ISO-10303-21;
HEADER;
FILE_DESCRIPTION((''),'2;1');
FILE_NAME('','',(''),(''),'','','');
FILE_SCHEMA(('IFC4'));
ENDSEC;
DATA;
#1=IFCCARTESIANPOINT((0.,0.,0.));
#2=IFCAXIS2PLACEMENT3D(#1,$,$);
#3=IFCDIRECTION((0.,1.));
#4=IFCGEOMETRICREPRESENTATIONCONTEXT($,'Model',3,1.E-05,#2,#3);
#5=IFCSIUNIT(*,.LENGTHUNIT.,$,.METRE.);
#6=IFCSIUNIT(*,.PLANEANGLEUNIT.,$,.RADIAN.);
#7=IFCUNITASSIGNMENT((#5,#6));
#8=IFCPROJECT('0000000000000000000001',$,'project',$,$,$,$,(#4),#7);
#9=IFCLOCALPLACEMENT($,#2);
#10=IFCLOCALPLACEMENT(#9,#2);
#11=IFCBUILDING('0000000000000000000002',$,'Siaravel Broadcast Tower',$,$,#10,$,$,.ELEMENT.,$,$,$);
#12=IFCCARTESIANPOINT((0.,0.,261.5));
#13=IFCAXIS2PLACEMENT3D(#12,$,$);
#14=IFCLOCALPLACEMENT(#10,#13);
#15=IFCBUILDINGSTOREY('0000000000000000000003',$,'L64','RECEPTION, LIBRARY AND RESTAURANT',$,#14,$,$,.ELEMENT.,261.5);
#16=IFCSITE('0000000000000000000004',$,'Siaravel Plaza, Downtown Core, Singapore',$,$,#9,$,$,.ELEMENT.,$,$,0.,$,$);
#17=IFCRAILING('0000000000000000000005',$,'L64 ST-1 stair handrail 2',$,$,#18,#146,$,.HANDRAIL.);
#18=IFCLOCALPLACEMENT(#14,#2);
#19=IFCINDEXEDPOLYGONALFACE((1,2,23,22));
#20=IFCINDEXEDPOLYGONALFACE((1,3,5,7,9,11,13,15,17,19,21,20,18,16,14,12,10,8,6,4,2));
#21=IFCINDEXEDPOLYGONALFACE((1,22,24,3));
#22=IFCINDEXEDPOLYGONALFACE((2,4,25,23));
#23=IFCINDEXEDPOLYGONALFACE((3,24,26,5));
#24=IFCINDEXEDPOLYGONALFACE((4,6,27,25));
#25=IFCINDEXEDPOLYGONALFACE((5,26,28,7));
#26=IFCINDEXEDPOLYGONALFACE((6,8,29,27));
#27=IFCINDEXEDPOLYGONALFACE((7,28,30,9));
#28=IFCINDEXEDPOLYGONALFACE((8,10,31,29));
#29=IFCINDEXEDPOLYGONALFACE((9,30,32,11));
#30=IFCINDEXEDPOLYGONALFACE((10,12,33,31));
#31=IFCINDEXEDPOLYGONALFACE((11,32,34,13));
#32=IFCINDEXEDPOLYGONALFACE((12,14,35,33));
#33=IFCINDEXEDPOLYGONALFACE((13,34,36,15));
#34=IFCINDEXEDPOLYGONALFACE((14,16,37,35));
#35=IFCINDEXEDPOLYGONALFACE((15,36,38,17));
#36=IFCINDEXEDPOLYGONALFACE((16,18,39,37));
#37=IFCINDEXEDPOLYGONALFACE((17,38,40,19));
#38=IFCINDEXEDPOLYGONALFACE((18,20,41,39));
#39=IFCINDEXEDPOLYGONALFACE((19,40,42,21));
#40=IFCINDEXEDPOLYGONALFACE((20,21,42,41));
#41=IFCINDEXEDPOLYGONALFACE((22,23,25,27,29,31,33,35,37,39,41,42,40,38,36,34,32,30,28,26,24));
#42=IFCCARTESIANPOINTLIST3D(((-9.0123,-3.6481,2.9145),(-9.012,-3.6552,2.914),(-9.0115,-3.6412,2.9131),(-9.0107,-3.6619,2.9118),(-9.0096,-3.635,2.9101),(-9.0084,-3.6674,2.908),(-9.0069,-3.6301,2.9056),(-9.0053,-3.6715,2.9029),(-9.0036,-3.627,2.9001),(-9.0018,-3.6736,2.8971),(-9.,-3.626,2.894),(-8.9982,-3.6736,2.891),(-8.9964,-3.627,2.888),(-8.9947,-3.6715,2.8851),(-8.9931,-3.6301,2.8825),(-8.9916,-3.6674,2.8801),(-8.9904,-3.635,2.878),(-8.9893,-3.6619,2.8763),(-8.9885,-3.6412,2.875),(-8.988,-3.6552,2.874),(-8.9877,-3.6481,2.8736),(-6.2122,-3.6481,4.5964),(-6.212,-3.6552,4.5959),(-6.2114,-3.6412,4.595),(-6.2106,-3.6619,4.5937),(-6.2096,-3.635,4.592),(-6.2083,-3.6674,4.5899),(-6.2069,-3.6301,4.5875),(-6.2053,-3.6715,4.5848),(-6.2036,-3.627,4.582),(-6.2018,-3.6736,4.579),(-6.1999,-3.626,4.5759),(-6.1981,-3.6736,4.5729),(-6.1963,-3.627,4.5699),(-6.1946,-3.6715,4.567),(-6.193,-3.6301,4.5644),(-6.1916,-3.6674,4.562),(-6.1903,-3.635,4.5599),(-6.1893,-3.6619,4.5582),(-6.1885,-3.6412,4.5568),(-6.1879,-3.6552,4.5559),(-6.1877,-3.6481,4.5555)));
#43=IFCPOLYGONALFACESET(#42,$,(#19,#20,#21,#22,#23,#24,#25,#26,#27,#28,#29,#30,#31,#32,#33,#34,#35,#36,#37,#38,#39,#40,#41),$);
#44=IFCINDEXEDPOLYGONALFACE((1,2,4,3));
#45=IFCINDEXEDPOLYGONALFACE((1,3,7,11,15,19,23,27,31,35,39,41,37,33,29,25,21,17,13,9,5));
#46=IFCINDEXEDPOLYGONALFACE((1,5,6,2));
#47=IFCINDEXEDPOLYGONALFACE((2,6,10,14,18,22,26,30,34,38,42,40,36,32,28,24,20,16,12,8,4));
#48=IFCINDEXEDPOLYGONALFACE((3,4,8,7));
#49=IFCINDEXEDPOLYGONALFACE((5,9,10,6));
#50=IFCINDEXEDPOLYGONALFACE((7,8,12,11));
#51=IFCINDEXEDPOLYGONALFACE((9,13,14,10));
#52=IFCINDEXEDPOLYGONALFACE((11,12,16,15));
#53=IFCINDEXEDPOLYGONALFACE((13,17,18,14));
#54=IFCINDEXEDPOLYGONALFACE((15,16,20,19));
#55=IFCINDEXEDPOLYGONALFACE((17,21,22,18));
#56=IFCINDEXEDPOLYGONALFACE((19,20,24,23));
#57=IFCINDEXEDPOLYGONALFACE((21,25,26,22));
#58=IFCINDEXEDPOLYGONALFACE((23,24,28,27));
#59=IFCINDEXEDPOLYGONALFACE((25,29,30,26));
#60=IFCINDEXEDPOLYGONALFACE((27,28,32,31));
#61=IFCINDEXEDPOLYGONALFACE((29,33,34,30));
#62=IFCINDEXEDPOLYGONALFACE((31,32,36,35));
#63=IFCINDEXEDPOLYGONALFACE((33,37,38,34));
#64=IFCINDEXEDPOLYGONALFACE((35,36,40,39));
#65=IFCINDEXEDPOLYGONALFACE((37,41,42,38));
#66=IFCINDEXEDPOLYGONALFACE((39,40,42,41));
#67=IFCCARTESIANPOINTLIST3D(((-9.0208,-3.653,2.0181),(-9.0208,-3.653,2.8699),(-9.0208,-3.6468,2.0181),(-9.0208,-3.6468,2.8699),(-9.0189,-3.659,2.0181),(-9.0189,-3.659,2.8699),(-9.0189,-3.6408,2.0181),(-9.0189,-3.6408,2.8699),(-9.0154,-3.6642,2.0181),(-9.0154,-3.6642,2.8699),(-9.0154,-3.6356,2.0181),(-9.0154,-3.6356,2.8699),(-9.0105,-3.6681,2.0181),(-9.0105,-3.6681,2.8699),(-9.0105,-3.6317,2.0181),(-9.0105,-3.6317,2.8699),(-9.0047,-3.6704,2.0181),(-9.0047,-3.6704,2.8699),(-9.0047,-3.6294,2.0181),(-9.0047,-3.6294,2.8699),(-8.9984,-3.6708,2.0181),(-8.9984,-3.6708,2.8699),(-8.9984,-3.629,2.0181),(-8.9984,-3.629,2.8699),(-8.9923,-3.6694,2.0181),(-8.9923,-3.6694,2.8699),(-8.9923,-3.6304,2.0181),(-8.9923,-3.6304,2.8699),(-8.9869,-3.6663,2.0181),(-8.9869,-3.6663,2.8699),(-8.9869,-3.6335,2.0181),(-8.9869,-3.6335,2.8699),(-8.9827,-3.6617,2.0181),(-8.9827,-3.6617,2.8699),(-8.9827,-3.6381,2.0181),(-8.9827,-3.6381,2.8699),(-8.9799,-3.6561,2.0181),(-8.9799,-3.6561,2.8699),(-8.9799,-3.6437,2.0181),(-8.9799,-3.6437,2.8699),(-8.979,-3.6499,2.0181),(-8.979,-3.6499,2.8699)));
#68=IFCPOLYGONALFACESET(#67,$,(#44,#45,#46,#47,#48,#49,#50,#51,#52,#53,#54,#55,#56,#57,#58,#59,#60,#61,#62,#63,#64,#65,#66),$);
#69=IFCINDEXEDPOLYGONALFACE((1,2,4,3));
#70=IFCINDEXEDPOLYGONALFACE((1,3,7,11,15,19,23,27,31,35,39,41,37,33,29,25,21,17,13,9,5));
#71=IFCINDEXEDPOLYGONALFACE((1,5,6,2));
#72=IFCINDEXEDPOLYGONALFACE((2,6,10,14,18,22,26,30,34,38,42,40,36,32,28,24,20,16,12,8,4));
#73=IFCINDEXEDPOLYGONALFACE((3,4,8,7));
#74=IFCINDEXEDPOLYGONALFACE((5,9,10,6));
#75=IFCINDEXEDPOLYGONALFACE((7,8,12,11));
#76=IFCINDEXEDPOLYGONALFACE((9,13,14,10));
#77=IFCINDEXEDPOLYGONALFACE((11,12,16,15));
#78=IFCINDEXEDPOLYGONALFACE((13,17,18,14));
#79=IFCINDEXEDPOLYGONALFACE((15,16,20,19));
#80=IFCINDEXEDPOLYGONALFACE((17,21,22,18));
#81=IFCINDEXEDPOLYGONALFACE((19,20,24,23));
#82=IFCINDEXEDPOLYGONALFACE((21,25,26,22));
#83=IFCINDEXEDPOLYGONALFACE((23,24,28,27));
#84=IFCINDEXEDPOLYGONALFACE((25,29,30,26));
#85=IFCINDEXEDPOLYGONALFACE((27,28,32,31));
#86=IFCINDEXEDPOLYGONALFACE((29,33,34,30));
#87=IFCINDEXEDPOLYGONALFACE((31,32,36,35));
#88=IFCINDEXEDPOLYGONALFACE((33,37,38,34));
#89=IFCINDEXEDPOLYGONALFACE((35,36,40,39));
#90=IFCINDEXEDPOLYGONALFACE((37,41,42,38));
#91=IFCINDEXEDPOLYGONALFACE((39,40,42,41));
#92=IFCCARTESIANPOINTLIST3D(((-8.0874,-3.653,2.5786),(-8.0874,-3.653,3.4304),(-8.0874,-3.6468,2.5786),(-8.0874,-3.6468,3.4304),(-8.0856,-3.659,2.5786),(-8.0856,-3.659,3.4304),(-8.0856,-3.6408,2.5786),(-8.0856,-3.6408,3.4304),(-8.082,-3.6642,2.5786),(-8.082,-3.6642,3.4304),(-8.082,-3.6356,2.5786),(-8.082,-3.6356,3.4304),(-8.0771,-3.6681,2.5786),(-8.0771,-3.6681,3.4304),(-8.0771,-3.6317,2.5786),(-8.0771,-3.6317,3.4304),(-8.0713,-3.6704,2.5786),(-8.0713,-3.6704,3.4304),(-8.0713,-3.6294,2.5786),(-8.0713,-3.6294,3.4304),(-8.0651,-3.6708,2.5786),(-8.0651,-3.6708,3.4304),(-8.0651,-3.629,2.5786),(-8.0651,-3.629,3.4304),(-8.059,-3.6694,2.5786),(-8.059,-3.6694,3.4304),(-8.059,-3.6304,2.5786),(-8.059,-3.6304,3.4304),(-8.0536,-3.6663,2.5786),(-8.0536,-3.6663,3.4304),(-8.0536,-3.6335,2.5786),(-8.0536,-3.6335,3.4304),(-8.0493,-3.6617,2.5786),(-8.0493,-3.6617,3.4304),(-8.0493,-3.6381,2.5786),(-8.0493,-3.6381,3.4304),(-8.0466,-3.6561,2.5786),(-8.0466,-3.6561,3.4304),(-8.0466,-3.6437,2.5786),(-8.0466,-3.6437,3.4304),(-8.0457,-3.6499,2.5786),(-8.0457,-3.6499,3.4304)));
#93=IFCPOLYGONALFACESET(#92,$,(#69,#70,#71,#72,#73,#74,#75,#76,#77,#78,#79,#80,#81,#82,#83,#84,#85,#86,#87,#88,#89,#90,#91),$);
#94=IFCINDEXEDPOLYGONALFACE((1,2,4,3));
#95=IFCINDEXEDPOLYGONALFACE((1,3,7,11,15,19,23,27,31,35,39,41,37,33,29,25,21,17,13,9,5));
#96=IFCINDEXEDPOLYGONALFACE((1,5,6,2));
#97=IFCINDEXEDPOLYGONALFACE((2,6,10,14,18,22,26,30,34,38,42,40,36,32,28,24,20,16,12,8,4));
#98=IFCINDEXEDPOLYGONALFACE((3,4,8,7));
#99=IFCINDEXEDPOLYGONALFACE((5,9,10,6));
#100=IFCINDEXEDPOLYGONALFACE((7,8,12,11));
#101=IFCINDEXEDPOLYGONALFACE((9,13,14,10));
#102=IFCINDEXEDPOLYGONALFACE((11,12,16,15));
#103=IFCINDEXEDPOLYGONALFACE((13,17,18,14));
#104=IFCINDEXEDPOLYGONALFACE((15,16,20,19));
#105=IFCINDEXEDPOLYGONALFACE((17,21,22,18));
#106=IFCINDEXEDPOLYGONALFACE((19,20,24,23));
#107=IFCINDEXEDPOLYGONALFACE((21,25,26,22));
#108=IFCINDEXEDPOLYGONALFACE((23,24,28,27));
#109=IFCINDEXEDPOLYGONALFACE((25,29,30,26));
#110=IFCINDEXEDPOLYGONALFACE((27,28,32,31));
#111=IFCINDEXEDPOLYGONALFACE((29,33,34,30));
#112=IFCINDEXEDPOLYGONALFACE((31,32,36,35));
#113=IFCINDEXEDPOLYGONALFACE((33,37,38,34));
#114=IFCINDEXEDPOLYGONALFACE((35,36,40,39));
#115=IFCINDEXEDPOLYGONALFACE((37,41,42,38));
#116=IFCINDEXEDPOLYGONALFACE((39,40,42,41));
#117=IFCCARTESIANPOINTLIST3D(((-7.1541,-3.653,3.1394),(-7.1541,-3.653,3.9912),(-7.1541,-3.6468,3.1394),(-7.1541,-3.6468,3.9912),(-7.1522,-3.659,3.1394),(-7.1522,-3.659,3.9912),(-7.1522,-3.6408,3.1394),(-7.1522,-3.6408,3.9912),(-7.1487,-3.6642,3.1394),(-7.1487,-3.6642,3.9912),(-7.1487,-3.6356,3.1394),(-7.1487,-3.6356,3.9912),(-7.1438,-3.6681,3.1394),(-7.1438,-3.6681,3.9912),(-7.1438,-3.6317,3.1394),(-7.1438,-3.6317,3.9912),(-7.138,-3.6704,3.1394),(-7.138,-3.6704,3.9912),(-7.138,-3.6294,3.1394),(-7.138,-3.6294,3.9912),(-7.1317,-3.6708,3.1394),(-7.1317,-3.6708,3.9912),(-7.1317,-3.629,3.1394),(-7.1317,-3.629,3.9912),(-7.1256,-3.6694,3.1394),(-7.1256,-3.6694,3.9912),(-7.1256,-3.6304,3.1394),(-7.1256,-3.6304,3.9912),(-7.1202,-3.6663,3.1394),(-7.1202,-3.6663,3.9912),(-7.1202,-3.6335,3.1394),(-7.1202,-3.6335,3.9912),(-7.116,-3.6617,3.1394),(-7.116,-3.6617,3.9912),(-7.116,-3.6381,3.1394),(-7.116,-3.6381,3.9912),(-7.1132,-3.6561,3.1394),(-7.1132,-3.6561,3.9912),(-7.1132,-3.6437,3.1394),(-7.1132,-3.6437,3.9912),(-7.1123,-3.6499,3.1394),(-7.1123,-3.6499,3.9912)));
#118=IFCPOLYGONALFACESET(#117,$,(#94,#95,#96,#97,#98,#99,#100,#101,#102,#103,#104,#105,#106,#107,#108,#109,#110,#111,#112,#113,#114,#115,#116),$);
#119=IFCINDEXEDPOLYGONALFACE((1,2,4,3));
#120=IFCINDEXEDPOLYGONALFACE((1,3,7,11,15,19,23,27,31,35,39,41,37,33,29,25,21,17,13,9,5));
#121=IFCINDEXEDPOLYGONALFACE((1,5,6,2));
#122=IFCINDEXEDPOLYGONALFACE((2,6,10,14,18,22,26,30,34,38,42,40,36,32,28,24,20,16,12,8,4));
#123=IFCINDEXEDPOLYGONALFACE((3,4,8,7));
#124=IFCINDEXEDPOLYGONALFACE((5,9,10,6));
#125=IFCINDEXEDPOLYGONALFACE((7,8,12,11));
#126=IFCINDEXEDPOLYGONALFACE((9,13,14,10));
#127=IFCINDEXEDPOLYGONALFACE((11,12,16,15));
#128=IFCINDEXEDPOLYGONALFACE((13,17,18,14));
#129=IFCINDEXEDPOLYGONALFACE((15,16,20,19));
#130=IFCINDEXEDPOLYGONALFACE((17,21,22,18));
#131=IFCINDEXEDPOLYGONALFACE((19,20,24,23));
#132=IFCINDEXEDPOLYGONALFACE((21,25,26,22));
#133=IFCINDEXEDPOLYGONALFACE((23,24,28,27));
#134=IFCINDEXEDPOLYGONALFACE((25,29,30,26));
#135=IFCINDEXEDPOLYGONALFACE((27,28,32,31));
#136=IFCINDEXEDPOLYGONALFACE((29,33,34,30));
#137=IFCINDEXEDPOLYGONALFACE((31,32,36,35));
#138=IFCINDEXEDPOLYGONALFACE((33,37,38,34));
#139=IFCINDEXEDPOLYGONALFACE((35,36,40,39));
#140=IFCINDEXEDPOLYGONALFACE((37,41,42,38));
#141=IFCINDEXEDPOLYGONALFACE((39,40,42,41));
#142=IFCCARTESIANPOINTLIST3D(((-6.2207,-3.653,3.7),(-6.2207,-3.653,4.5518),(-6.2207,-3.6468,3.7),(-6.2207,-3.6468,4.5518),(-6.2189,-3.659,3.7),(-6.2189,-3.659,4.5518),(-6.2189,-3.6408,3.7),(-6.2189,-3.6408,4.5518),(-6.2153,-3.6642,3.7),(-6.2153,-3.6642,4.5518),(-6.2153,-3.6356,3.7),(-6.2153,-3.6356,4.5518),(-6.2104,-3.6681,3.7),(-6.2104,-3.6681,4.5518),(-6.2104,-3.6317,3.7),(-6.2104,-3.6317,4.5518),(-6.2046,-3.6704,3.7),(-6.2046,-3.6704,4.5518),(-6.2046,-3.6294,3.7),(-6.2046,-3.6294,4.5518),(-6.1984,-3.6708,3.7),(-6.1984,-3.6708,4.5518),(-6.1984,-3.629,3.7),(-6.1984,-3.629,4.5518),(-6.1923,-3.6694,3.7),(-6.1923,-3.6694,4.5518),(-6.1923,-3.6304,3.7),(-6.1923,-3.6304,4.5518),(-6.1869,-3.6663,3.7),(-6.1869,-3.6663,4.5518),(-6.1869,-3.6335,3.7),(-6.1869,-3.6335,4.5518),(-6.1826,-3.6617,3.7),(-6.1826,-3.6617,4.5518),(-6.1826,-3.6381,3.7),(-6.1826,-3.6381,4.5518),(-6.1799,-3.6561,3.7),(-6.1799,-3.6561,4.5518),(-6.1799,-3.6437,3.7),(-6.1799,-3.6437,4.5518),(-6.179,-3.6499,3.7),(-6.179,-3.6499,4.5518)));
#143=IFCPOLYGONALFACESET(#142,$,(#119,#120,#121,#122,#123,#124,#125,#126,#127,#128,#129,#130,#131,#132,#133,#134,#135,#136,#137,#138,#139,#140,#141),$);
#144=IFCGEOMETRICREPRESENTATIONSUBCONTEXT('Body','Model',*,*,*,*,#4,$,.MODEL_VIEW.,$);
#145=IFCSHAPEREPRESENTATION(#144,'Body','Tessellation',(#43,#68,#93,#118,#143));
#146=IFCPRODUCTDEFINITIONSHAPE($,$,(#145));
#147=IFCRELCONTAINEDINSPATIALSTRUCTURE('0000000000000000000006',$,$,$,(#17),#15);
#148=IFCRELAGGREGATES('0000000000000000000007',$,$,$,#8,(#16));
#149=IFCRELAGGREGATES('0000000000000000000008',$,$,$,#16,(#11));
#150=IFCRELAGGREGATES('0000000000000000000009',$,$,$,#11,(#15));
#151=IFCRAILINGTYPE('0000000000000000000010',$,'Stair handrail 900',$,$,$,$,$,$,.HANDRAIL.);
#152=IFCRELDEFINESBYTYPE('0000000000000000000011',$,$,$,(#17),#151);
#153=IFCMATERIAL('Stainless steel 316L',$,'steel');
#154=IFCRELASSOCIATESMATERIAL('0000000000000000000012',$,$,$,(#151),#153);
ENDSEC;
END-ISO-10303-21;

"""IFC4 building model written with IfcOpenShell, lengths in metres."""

from ifc_helpers import new_model, si_unit, direction, frame, origin, origin_2d, place, context, subcontext, project, spatial, circle, extrude, material, type_object, element, save


model = new_model("IFC4")

# Units and contexts
model_context = context("Model", 3, precision=1e-05, world=origin(), true_north=direction((0.0, 1.0)))
body_context = subcontext(model_context, "Body", "Model", "MODEL_VIEW")
ifc_project = project(units=[si_unit("LENGTHUNIT", "METRE"), si_unit("PLANEANGLEUNIT", "RADIAN")], contexts=[model_context])

# Site, building, storey
site_placement = place(None, origin())
site = spatial("IfcSite", under=ifc_project, at=site_placement, Name="Siaravel Plaza, Downtown Core, Singapore", CompositionType="ELEMENT", RefElevation=0.0)
building_placement = place(site_placement, origin())
building = spatial("IfcBuilding", under=site, at=building_placement, Name="Siaravel Broadcast Tower", CompositionType="ELEMENT")
storey_placement = place(building_placement, frame((0.0, 0.0, 261.5)))
storey = spatial("IfcBuildingStorey", under=building, at=storey_placement, Name="L64", Description="RECEPTION, LIBRARY AND RESTAURANT", CompositionType="ELEMENT", Elevation=261.5)

# Shared definitions
ifc_material_1 = material(Name="Stainless steel 316L", Category="steel")

# Railing
railing_type_1 = type_object("IfcRailingType", Name="Stair handrail 900", PredefinedType="HANDRAIL", material=ifc_material_1)
railing_1_placement = place(storey_placement, frame((-9.0, -3.6499, 2.0181)))
element("IfcRailing", 1, at=railing_1_placement, inside=storey, type_object=railing_type_1, Name="L64 ST-1 stair handrail 2", PredefinedType="HANDRAIL", context=body_context, shape_type="SweptSolid", body=[
    extrude(circle(Radius=0.0239, at=origin_2d()), frame((0.0, 0.0, 0.876), z_axis=(0.857242, 0.0, 0.514913), x_axis=(0.0, 1.0, 0.0)), (0.0, 0.0, 1.0), 3.2664),
    extrude(circle(Radius=0.021, at=origin_2d()), origin(), (0.0, 0.0, 1.0), 0.8518),
    extrude(circle(Radius=0.021, at=origin_2d()), frame((0.9333, 0.0, 0.5605)), (0.0, 0.0, 1.0), 0.8518),
    extrude(circle(Radius=0.021, at=origin_2d()), frame((1.8667, 0.0, 1.1213)), (0.0, 0.0, 1.0), 0.8518),
    extrude(circle(Radius=0.021, at=origin_2d()), frame((2.8, 0.0, 1.6819)), (0.0, 0.0, 1.0), 0.8518),
])

save(model, "model.ifc")
